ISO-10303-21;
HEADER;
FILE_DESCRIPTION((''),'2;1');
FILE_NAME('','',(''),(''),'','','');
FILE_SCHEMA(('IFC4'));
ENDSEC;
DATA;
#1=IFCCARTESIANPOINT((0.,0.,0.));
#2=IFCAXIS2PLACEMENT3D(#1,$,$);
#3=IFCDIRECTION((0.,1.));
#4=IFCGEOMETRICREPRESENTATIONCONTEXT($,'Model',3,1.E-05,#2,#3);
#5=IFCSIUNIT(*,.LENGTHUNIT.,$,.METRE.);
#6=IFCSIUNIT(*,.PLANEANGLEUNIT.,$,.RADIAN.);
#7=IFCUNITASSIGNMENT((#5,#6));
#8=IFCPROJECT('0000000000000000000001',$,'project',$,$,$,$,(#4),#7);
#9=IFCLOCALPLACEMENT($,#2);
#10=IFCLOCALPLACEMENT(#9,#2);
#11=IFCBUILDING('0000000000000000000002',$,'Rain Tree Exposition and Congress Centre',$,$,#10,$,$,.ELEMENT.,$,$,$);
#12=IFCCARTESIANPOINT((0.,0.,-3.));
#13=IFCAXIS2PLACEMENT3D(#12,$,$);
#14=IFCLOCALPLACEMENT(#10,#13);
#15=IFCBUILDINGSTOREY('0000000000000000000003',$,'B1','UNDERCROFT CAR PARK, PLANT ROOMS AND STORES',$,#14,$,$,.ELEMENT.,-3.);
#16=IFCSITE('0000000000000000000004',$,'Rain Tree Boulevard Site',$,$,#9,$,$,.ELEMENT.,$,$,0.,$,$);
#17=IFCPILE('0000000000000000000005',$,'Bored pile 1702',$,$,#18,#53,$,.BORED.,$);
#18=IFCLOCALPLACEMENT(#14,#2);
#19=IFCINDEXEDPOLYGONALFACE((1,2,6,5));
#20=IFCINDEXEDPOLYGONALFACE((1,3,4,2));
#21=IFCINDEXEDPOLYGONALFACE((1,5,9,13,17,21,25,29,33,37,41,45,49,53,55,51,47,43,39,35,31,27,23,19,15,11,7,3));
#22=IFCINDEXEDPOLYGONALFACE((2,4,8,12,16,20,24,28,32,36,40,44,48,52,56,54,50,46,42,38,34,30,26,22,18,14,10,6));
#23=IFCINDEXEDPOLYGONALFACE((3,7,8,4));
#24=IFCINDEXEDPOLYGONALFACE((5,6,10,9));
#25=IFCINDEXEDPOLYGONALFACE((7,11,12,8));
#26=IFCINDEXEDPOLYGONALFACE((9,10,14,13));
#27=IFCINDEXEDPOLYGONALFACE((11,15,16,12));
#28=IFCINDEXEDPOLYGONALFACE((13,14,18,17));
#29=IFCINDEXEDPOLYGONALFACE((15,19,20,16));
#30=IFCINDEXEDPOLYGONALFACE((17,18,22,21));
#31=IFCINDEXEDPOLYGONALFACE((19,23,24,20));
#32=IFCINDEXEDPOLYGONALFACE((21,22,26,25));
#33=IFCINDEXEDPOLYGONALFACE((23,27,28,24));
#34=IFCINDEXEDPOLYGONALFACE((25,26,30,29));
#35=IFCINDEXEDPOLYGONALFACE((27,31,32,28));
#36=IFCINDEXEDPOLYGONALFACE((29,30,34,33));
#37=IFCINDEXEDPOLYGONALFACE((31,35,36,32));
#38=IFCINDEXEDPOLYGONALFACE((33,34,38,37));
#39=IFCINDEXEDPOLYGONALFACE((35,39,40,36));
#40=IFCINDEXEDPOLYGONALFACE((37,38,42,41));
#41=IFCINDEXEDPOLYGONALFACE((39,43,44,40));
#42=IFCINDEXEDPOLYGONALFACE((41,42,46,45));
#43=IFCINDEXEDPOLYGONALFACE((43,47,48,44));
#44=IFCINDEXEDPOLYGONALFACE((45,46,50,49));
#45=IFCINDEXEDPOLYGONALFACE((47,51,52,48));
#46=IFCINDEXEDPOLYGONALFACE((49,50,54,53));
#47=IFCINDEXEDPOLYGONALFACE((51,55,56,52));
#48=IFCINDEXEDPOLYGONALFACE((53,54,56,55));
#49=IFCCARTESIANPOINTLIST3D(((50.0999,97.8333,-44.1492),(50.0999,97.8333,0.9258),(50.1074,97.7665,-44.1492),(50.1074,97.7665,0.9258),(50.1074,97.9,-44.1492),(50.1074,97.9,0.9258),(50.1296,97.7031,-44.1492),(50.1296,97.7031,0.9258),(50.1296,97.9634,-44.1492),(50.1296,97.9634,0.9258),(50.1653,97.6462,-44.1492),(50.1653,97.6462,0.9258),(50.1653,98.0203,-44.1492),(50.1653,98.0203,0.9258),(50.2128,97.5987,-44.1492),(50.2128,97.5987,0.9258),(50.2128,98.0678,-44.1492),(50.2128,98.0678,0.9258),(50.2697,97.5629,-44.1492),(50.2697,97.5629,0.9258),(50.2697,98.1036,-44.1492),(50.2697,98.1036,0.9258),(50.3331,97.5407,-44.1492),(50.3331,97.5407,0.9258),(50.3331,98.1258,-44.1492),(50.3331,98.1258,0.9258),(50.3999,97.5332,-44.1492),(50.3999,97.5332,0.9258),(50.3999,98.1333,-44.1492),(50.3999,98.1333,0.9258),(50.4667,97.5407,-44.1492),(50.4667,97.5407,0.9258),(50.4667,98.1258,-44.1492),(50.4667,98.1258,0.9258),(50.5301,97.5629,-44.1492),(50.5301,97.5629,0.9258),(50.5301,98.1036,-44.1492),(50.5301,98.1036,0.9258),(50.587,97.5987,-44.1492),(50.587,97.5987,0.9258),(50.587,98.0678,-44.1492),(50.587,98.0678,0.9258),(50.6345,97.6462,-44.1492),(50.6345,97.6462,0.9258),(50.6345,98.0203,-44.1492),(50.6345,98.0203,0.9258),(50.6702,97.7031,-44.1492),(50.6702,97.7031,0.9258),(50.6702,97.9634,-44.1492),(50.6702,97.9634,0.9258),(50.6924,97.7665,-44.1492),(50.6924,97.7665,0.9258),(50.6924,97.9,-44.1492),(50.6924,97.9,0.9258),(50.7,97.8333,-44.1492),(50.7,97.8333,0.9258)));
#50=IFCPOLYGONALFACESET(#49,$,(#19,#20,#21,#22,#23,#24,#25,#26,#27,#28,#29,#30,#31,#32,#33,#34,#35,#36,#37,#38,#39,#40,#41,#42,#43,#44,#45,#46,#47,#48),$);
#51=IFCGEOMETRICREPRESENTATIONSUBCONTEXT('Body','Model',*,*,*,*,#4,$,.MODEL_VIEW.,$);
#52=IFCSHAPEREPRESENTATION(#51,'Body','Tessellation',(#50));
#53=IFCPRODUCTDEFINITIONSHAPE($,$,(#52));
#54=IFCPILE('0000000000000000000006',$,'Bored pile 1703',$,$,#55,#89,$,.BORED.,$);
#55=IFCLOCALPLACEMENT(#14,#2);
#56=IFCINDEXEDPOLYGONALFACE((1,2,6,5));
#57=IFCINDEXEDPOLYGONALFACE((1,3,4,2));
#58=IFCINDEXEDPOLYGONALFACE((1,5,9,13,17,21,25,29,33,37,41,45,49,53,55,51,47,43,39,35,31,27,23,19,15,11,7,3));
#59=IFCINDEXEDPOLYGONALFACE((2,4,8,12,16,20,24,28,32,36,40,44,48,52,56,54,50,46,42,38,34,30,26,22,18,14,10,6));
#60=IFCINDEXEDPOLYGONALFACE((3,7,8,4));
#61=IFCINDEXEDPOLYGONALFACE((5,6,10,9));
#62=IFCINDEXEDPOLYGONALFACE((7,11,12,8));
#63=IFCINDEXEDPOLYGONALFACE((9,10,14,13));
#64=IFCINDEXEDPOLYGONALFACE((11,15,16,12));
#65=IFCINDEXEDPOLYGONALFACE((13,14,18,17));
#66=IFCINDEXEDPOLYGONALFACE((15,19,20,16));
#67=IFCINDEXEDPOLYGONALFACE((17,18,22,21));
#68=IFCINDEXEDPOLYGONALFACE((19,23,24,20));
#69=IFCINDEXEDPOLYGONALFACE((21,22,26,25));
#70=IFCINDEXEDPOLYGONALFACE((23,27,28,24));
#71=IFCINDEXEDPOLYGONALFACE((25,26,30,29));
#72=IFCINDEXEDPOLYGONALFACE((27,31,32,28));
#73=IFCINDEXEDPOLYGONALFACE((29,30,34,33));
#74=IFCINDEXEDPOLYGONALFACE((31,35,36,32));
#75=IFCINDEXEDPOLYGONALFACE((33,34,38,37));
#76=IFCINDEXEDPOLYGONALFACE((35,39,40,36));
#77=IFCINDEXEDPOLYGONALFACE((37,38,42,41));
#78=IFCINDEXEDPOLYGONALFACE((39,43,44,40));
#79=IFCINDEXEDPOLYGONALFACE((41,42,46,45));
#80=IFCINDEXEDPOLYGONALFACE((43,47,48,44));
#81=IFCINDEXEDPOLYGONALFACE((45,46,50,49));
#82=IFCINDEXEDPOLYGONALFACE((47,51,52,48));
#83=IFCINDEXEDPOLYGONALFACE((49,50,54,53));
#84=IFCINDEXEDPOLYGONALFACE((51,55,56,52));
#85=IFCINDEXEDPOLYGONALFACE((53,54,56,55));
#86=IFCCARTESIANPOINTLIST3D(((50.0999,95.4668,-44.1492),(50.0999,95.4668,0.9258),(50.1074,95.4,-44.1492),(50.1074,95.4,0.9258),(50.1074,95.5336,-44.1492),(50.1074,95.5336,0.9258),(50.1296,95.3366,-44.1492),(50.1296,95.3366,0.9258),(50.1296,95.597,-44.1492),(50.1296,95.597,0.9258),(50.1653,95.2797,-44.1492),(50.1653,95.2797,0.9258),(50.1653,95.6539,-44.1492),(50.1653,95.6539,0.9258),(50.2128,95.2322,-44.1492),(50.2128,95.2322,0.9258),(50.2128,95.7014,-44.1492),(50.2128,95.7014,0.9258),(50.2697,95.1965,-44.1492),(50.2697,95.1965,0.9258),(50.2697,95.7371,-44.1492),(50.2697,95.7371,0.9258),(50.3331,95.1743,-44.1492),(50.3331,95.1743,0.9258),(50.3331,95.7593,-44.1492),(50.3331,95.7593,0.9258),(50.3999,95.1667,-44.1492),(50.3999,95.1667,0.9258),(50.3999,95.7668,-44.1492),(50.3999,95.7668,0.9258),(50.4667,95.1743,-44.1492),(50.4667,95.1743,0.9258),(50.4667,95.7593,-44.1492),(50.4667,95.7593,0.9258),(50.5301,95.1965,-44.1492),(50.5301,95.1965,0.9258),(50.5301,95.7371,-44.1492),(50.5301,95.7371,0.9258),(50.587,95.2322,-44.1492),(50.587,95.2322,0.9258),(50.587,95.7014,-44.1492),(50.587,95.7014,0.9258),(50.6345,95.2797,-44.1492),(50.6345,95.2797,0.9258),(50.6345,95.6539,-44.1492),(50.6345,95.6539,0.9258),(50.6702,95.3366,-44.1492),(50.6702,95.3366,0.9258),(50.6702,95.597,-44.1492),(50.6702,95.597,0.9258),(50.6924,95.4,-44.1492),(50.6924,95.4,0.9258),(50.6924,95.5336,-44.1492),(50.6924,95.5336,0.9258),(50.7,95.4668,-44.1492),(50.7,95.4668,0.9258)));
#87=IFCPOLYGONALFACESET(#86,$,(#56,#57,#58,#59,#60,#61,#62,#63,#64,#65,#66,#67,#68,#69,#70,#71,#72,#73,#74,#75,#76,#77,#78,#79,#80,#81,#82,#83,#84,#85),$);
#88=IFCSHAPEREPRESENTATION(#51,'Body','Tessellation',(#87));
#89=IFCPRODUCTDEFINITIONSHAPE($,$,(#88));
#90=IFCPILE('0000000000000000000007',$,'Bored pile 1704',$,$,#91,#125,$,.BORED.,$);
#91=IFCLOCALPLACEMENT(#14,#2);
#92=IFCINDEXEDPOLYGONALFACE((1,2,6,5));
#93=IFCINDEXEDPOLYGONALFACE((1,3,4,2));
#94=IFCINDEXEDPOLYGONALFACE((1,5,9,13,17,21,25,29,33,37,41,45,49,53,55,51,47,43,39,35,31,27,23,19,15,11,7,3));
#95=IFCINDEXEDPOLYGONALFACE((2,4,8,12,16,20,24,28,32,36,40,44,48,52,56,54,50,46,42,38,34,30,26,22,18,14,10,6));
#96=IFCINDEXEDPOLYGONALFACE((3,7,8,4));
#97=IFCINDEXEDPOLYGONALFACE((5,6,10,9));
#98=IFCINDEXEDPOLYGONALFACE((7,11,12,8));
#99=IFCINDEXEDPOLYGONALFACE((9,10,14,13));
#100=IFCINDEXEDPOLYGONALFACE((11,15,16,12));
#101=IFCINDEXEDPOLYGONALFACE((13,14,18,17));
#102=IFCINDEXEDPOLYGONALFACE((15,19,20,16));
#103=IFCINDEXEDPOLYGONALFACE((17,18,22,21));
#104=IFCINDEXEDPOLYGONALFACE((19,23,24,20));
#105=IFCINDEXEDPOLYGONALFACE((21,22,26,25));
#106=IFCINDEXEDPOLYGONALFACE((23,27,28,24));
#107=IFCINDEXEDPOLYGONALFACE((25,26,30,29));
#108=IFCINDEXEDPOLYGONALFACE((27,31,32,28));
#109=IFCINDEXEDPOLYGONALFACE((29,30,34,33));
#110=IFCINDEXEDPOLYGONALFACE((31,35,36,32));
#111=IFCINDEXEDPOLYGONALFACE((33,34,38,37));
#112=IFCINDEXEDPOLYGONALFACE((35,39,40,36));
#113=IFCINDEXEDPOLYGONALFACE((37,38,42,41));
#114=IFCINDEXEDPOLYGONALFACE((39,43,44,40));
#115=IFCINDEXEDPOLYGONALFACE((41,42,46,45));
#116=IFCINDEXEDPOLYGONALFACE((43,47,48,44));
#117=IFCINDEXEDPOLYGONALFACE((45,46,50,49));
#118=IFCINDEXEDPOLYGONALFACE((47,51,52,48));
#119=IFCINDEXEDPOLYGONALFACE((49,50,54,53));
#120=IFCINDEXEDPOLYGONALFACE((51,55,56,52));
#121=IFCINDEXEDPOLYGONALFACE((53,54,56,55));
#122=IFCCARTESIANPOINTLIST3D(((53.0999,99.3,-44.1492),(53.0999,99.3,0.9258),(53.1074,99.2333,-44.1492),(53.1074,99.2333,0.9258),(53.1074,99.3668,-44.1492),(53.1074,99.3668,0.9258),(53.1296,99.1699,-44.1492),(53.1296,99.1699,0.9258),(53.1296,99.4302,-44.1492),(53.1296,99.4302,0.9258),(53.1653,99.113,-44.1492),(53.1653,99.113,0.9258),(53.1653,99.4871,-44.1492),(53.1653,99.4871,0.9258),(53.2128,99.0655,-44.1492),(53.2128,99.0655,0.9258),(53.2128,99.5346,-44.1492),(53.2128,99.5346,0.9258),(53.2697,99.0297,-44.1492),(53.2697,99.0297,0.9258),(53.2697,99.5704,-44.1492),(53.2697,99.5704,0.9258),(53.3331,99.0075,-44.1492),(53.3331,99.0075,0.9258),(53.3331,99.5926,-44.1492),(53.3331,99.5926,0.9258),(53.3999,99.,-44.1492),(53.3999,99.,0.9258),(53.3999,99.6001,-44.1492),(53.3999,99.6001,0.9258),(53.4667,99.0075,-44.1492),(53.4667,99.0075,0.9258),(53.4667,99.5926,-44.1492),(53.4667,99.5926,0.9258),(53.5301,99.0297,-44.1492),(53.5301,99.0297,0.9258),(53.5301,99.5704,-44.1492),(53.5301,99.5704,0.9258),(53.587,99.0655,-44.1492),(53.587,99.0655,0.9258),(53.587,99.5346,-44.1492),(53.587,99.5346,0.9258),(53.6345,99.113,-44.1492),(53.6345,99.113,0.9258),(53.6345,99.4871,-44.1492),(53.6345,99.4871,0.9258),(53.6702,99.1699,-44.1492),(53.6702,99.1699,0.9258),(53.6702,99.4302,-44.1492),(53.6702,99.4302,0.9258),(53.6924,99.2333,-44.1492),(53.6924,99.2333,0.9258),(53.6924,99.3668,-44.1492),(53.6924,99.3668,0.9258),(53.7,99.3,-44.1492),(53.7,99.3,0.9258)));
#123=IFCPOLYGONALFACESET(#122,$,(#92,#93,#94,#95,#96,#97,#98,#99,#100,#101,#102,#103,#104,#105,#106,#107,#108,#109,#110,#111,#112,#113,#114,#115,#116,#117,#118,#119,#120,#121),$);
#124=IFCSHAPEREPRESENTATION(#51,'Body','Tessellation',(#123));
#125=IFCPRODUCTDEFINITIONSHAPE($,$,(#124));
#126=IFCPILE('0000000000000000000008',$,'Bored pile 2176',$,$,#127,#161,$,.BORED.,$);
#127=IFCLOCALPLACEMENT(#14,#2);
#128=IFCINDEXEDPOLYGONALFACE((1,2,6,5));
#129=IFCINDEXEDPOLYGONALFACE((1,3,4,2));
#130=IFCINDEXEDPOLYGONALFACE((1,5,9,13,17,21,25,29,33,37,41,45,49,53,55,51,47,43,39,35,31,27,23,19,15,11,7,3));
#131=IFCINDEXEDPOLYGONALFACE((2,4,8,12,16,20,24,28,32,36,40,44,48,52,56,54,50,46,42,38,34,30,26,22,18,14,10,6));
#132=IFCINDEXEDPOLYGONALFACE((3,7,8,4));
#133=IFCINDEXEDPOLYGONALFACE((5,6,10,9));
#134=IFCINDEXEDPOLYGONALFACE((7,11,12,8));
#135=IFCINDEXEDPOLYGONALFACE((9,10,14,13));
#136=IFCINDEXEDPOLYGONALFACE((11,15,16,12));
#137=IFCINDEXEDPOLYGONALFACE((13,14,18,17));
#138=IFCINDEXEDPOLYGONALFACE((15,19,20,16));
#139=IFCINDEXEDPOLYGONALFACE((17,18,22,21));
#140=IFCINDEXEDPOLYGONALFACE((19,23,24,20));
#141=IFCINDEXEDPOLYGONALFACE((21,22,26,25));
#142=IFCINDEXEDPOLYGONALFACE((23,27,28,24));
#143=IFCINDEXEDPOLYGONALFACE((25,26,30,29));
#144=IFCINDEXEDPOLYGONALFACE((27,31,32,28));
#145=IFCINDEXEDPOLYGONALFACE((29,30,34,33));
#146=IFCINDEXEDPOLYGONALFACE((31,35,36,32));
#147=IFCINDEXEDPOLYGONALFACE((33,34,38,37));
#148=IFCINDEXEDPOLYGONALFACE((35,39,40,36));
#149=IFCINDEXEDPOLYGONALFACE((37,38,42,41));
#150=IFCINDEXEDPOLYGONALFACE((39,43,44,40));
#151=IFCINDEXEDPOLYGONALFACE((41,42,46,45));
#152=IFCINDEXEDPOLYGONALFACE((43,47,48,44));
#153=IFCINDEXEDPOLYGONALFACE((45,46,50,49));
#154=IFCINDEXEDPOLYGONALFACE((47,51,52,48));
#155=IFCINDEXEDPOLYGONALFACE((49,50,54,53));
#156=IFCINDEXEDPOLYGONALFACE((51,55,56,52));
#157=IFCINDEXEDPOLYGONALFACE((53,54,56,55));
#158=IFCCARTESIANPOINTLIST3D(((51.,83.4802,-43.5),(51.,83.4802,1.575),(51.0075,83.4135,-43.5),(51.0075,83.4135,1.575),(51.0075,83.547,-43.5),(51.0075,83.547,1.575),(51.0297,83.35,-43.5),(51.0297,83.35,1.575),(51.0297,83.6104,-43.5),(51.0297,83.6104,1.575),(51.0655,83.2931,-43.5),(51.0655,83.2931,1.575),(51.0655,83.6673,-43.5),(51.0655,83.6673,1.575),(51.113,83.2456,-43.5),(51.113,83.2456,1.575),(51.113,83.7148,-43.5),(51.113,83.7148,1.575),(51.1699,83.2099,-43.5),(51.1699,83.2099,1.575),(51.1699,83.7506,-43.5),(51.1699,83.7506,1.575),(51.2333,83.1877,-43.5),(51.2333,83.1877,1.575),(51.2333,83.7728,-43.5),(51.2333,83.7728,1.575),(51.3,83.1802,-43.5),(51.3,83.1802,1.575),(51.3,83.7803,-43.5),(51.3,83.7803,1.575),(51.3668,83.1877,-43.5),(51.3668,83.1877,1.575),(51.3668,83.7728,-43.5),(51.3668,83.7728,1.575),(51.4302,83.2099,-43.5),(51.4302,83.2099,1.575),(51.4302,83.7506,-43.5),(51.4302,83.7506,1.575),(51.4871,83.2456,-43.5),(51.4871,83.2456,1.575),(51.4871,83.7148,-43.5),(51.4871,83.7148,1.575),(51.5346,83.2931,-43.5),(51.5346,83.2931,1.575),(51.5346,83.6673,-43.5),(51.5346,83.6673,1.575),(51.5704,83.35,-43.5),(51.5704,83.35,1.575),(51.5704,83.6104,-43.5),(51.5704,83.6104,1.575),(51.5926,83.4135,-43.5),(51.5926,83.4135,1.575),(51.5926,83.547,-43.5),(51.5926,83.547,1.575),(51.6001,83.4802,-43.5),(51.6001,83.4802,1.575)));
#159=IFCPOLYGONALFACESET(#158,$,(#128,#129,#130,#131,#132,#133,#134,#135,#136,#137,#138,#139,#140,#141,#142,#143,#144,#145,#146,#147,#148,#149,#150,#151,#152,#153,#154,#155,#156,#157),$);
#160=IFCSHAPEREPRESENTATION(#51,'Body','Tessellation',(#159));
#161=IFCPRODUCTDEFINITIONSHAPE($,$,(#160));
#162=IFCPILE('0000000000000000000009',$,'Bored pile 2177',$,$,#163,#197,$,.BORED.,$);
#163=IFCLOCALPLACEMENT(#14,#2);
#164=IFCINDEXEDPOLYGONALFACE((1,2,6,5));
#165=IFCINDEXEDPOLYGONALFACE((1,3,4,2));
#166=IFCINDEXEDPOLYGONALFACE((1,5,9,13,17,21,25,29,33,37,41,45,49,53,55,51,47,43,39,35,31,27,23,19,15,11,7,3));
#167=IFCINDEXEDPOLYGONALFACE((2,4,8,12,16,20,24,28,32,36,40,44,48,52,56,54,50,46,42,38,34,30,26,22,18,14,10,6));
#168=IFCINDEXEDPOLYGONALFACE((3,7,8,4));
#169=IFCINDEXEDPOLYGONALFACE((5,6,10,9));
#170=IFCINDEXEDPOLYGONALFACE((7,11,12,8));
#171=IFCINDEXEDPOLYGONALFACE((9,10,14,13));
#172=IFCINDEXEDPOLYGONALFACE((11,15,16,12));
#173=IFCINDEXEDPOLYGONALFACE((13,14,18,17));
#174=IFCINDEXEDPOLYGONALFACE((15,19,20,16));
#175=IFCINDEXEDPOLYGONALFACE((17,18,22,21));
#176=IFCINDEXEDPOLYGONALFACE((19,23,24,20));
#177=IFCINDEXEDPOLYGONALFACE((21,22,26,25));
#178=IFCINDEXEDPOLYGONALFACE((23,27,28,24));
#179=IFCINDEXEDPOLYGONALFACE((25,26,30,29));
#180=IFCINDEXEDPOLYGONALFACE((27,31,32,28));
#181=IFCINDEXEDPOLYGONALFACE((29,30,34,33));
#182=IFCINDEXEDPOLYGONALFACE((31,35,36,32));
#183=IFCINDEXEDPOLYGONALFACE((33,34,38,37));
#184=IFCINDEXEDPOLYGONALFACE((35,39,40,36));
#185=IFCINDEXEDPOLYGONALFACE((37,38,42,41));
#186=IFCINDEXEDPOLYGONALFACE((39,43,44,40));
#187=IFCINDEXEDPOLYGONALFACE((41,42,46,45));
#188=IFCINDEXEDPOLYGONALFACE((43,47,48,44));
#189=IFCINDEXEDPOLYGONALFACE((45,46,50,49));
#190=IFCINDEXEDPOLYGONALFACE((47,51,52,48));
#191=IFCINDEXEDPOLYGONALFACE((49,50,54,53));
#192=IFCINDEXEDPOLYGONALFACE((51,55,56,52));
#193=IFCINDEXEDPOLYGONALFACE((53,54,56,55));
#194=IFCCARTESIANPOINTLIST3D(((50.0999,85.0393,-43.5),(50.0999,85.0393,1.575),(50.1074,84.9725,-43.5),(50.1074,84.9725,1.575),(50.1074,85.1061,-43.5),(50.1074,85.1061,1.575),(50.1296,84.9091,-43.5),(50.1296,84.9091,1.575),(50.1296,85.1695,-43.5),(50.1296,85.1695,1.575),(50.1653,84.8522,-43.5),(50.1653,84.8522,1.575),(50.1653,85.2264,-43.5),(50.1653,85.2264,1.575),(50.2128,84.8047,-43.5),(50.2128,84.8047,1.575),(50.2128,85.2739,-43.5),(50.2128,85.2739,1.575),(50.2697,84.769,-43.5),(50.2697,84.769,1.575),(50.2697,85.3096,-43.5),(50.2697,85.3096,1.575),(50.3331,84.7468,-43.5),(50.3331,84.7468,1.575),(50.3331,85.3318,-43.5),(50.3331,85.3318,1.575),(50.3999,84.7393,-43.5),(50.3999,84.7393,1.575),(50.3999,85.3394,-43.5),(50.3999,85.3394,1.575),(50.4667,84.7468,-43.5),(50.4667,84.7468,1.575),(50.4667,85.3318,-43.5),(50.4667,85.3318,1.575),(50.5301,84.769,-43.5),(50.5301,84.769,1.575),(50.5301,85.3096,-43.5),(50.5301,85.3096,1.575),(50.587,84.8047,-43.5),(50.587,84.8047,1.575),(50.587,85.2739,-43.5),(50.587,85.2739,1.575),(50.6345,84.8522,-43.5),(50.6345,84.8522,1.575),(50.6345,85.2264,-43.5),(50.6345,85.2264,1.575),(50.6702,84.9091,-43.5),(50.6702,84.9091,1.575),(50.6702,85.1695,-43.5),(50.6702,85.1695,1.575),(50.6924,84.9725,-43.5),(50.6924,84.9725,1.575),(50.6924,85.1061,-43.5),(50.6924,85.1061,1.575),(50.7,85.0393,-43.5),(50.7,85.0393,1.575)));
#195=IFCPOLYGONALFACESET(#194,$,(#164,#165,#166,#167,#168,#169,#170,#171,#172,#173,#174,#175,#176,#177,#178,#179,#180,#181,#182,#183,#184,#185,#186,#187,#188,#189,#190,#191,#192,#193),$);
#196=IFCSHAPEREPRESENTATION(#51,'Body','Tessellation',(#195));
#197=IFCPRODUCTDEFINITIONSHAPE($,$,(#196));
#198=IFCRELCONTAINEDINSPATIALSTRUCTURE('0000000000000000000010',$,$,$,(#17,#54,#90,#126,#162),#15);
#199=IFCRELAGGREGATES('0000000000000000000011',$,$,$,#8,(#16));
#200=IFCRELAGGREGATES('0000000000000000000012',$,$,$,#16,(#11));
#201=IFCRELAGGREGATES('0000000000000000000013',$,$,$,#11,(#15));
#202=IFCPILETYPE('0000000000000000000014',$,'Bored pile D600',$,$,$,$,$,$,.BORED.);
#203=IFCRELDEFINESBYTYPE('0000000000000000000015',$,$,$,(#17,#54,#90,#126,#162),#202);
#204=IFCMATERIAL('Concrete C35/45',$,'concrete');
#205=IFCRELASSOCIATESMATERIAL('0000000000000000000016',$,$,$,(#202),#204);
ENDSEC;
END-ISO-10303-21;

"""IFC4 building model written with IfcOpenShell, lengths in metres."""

from ifc_helpers import new_model, si_unit, direction, frame, origin, origin_2d, place, context, subcontext, project, spatial, circle, extrude, material, material_profile, profile_set, type_object, element, save


model = new_model("IFC4")

# Units and contexts
model_context = context("Model", 3, precision=1e-05, world=origin(), true_north=direction((0.0, 1.0)))
body_context = subcontext(model_context, "Body", "Model", "MODEL_VIEW")
ifc_project = project(units=[si_unit("LENGTHUNIT", "METRE"), si_unit("PLANEANGLEUNIT", "RADIAN")], contexts=[model_context])

# Site, building, storey
site_placement = place(None, origin())
site = spatial("IfcSite", under=ifc_project, at=site_placement, Name="Rain Tree Boulevard Site", CompositionType="ELEMENT", RefElevation=0.0)
building_placement = place(site_placement, origin())
building = spatial("IfcBuilding", under=site, at=building_placement, Name="Rain Tree Exposition and Congress Centre", CompositionType="ELEMENT")
storey_placement = place(building_placement, frame((0.0, 0.0, -3.0)))
storey = spatial("IfcBuildingStorey", under=building, at=storey_placement, Name="B1", Description="UNDERCROFT CAR PARK, PLANT ROOMS AND STORES", CompositionType="ELEMENT", Elevation=-3.0)

# Piles
ifc_material_1 = material(Name="Concrete C35/45", Category="concrete")
ifc_material_profile_1 = material_profile(ifc_material_1, circle(Radius=0.3, at=origin_2d()), Name="D600")
ifc_profile_set_1 = profile_set([ifc_material_profile_1], Name="Concrete C35/45")
pile_type_1 = type_object("IfcPileType", Name="Bored pile D600", PredefinedType="BORED", material=ifc_profile_set_1)
for number, where, z_axis, x_axis, name in (
    (1, (50.3999, 97.8333, 0.9258), (0.0, 0.0, -1.0), (1.0, 0.0, 0.0), "Bored pile 1702"),
    (2, (50.3999, 95.4668, 0.9258), (0.0, 0.0, -1.0), (1.0, 0.0, 0.0), "Bored pile 1703"),
    (3, (53.3999, 99.3, 0.9258), (0.0, 0.0, -1.0), (1.0, 0.0, 0.0), "Bored pile 1704"),
    (4, (51.3, 83.4802, 1.575), (0.0, 0.0, -1.0), (1.0, 0.0, 0.0), "Bored pile 2176"),
    (5, (50.3999, 85.0393, 1.575), (0.0, 0.0, -1.0), (1.0, 0.0, 0.0), "Bored pile 2177"),
):
    element("IfcPile", number, at=place(storey_placement, frame(where, z_axis=z_axis, x_axis=x_axis)), inside=storey, type_object=pile_type_1, Name=name, PredefinedType="BORED", context=body_context, shape_type="SweptSolid", body=[
        extrude(circle(Radius=0.3, at=origin_2d()), origin(), (0.0, 0.0, 1.0), 45.075),
    ])

save(model, "model.ifc")
